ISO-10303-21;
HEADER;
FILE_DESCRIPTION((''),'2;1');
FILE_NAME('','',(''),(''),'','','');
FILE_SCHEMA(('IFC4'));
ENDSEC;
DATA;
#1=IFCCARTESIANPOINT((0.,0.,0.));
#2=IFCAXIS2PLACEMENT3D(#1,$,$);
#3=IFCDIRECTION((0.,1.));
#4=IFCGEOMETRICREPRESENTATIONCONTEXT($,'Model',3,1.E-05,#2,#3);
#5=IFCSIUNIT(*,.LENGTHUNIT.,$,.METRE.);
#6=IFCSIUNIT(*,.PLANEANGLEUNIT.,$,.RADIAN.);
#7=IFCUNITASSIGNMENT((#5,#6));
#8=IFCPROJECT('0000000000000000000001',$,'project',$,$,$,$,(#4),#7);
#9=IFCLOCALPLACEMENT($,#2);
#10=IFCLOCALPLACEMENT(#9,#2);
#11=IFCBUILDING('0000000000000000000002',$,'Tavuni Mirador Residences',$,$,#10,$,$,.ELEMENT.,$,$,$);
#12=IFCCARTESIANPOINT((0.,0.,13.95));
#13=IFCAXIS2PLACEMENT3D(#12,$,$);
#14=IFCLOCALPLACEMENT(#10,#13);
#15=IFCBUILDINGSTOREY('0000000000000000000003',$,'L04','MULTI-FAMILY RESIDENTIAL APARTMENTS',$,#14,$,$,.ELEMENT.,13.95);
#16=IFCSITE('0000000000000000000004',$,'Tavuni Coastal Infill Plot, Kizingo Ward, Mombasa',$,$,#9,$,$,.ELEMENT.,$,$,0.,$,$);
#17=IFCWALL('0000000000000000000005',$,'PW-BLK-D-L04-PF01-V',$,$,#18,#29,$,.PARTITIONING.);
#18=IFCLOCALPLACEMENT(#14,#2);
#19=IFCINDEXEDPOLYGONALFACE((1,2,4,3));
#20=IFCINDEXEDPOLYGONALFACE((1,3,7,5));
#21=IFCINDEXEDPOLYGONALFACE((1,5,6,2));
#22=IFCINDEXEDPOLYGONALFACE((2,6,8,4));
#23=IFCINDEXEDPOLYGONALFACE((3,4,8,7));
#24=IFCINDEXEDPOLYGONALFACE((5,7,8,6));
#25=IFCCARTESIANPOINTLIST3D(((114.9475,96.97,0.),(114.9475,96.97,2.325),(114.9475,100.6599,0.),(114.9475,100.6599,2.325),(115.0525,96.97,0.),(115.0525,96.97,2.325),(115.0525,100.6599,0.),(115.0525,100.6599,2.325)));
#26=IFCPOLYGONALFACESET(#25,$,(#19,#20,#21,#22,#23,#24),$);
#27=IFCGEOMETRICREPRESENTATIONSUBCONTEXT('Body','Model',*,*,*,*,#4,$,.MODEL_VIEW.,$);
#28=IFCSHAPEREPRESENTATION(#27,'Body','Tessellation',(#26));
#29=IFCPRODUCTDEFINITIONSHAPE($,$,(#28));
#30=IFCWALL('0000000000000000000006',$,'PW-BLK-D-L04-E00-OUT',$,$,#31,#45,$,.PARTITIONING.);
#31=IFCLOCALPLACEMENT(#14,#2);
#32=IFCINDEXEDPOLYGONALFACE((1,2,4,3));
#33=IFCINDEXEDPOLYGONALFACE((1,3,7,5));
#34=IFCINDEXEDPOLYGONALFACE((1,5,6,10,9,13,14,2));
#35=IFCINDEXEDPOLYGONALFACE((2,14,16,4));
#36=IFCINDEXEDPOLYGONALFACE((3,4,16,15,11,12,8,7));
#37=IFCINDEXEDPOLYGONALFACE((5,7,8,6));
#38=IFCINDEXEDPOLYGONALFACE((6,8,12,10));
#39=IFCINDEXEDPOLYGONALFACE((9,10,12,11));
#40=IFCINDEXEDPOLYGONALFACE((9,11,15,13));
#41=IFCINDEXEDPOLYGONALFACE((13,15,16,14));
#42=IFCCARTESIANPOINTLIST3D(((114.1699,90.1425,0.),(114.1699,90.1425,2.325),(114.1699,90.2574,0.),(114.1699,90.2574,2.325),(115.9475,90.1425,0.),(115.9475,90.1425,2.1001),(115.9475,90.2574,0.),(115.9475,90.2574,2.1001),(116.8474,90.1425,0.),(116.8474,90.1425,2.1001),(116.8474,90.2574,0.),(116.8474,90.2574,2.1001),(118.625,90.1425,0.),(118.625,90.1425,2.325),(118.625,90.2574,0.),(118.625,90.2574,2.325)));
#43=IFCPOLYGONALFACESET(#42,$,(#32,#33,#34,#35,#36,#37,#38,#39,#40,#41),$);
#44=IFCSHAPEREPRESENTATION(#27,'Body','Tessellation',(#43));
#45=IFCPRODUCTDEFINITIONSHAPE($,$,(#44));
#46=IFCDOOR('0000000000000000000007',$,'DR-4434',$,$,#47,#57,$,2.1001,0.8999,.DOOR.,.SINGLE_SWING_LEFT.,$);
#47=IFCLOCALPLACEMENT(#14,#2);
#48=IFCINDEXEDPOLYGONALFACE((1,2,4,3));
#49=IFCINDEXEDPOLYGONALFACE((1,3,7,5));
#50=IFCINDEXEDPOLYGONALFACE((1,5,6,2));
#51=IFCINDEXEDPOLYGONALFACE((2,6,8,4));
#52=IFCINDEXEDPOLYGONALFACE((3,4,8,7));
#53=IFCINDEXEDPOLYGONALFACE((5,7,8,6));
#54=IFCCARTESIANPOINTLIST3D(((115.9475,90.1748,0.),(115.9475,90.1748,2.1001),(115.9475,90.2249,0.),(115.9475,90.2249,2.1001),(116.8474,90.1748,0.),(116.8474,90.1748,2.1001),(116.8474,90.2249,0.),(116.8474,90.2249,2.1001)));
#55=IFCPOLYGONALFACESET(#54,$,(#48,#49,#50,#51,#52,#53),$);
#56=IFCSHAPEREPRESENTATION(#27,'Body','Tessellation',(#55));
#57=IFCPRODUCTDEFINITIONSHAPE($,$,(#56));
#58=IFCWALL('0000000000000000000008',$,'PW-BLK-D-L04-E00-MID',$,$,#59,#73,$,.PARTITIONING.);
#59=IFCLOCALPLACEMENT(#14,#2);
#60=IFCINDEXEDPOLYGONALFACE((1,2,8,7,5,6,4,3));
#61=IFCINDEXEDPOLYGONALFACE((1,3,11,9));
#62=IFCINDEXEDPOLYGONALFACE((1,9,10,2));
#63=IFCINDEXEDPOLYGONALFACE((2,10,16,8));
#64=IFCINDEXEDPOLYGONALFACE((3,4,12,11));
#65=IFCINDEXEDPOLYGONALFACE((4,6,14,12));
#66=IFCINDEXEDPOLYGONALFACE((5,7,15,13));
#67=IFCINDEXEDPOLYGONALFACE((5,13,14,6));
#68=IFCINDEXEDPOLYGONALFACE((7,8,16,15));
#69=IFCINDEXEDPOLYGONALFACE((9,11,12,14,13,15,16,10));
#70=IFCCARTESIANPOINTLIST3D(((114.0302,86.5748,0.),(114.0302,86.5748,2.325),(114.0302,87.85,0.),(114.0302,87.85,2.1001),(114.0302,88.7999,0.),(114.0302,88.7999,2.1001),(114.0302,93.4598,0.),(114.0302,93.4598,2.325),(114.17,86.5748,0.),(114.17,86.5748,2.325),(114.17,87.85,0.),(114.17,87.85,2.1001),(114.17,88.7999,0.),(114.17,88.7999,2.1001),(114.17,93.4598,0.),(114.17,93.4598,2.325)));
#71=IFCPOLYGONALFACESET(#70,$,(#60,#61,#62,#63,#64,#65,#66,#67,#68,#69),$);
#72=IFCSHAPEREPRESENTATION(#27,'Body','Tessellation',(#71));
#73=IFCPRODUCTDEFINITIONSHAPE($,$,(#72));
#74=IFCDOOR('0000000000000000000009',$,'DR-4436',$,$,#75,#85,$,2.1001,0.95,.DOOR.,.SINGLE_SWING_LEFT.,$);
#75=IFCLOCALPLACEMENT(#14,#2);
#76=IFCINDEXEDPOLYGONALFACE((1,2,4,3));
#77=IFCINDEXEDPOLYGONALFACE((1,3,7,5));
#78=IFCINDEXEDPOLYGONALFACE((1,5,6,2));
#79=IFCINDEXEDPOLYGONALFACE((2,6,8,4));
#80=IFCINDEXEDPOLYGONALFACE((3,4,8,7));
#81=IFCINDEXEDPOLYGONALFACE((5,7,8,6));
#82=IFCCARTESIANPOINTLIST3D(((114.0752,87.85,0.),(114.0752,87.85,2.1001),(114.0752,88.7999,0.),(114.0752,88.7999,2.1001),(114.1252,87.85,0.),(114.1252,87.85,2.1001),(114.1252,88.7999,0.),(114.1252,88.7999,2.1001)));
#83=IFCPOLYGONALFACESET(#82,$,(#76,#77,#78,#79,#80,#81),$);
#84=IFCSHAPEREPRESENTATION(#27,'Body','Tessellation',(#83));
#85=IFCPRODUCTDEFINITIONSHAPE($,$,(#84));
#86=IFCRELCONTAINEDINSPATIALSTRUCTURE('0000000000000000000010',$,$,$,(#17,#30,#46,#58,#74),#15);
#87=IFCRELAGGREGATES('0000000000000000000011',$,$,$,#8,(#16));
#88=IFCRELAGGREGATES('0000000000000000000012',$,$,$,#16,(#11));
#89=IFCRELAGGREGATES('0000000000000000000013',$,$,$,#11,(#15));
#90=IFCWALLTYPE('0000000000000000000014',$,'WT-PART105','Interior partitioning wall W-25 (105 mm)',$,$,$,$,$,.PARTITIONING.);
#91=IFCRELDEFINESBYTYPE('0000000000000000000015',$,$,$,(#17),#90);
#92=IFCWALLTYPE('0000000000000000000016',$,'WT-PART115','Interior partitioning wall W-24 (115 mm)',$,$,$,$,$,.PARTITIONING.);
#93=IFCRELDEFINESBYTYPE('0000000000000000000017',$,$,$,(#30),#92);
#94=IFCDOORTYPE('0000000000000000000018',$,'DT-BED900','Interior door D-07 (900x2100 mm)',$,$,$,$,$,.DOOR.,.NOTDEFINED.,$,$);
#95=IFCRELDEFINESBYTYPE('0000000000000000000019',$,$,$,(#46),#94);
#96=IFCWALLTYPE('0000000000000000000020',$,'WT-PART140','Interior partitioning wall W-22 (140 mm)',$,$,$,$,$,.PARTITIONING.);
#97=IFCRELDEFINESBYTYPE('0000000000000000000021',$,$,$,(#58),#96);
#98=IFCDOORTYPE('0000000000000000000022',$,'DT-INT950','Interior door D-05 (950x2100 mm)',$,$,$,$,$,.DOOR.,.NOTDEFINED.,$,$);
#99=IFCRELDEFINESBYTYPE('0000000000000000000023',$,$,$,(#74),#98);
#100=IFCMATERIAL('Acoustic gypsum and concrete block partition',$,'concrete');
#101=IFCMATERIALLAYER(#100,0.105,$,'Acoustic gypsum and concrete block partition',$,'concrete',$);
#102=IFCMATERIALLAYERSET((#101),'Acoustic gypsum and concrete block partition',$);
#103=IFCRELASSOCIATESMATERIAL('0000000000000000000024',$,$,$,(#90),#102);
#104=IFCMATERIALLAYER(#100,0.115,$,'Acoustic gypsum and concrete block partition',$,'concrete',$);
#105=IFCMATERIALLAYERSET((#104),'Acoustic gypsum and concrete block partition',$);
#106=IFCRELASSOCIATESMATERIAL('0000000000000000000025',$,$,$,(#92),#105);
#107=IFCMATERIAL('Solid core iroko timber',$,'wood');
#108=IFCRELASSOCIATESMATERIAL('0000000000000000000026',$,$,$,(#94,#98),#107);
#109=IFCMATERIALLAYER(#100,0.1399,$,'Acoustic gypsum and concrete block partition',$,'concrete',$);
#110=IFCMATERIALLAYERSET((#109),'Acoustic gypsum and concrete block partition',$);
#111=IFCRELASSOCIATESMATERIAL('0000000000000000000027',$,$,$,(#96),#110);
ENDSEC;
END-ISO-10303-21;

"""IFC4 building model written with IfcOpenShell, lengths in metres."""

from ifc_helpers import new_model, si_unit, direction, frame, frame_2d, origin, place, context, subcontext, project, spatial, rectangle, extrude, material, layer, layer_set, type_object, element, fill, save


model = new_model("IFC4")

# Units and contexts
model_context = context("Model", 3, precision=1e-05, world=origin(), true_north=direction((0.0, 1.0)))
body_context = subcontext(model_context, "Body", "Model", "MODEL_VIEW")
ifc_project = project(units=[si_unit("LENGTHUNIT", "METRE"), si_unit("PLANEANGLEUNIT", "RADIAN")], contexts=[model_context])

# Site, building, storey
site_placement = place(None, origin())
site = spatial("IfcSite", under=ifc_project, at=site_placement, Name="Tavuni Coastal Infill Plot, Kizingo Ward, Mombasa", CompositionType="ELEMENT", RefElevation=0.0)
building_placement = place(site_placement, origin())
building = spatial("IfcBuilding", under=site, at=building_placement, Name="Tavuni Mirador Residences", CompositionType="ELEMENT")
storey_placement = place(building_placement, frame((0.0, 0.0, 13.95)))
storey = spatial("IfcBuildingStorey", under=building, at=storey_placement, Name="L04", Description="MULTI-FAMILY RESIDENTIAL APARTMENTS", CompositionType="ELEMENT", Elevation=13.95)

# Wall
ifc_material_1 = material(Name="Acoustic gypsum and concrete block partition", Category="concrete")
ifc_layer_1 = layer(ifc_material_1, 0.105, Name="Acoustic gypsum and concrete block partition", Category="concrete")
ifc_layer_set_1 = layer_set([ifc_layer_1], Name="Acoustic gypsum and concrete block partition")
wall_type_1 = type_object("IfcWallType", Name="WT-PART105", Description="Interior partitioning wall W-25 (105 mm)", PredefinedType="PARTITIONING", material=ifc_layer_set_1)
wall_1_placement = place(storey_placement, frame((115.0, 96.97, 0.0), z_axis=(0.0, 0.0, 1.0), x_axis=(0.0, 1.0, 0.0)))
element("IfcWall", 1, at=wall_1_placement, inside=storey, type_object=wall_type_1, Name="PW-BLK-D-L04-PF01-V", PredefinedType="PARTITIONING", context=body_context, shape_type="SweptSolid", body=[
    extrude(rectangle(XDim=3.6899, YDim=0.105, at=frame_2d((1.845, 0.0))), origin(), (0.0, 0.0, 1.0), 2.325),
])

# Walls, openings, doors
ifc_layer_2 = layer(ifc_material_1, 0.115, Name="Acoustic gypsum and concrete block partition", Category="concrete")
ifc_layer_set_2 = layer_set([ifc_layer_2], Name="Acoustic gypsum and concrete block partition")
wall_type_2 = type_object("IfcWallType", Name="WT-PART115", Description="Interior partitioning wall W-24 (115 mm)", PredefinedType="PARTITIONING", material=ifc_layer_set_2)
wall_2_placement = place(storey_placement, frame((114.1699, 90.2, 0.0), z_axis=(0.0, 0.0, 1.0), x_axis=(1.0, 0.0, 0.0)))
wall_2 = element("IfcWall", 2, at=wall_2_placement, inside=storey, type_object=wall_type_2, Name="PW-BLK-D-L04-E00-OUT", PredefinedType="PARTITIONING", context=body_context, shape_type="SweptSolid", body=[
    extrude(rectangle(XDim=4.4551, YDim=0.115, at=frame_2d((2.2275, 0.0))), origin(), (0.0, 0.0, 1.0), 2.325),
])
opening_1_placement = place(wall_2_placement, frame((1.7776, 0.0, 0.0)))
opening_1 = element("IfcOpeningElement", 3, at=opening_1_placement, cuts=wall_2, PredefinedType="OPENING", context=body_context, shape_type="SweptSolid", body=[
    extrude(rectangle(XDim=0.8999, YDim=2.1001, at=frame_2d((0.45, 1.05))), frame((0.0, 0.0674, 0.0), z_axis=(0.0, -1.0, 0.0), x_axis=(1.0, 0.0, 0.0)), (0.0, 0.0, 1.0), 0.135),
])
ifc_material_2 = material(Name="Solid core iroko timber", Category="wood")
door_type_1 = type_object("IfcDoorType", Name="DT-BED900", Description="Interior door D-07 (900x2100 mm)", OperationType="NOTDEFINED", PredefinedType="DOOR", material=ifc_material_2)
door_1_placement = place(opening_1_placement, origin())
door_1 = element("IfcDoor", 4, at=door_1_placement, inside=storey, type_object=door_type_1, Name="DR-4434", OperationType="SINGLE_SWING_LEFT", OverallHeight=2.1001, OverallWidth=0.8999, PredefinedType="DOOR", context=body_context, shape_type="SweptSolid", body=[
    extrude(rectangle(XDim=0.8999, YDim=2.1001, at=frame_2d((0.45, 1.05))), frame((0.0, 0.0249, 0.0), z_axis=(0.0, -1.0, 0.0), x_axis=(1.0, 0.0, 0.0)), (0.0, 0.0, 1.0), 0.05),
])
fill(opening_1, door_1)
ifc_layer_3 = layer(ifc_material_1, 0.1399, Name="Acoustic gypsum and concrete block partition", Category="concrete")
ifc_layer_set_3 = layer_set([ifc_layer_3], Name="Acoustic gypsum and concrete block partition")
wall_type_3 = type_object("IfcWallType", Name="WT-PART140", Description="Interior partitioning wall W-22 (140 mm)", PredefinedType="PARTITIONING", material=ifc_layer_set_3)
wall_3_placement = place(storey_placement, frame((114.1001, 86.575, 0.0), z_axis=(0.0, 0.0, 1.0), x_axis=(0.0, 1.0, 0.0)))
wall_3 = element("IfcWall", 5, at=wall_3_placement, inside=storey, type_object=wall_type_3, Name="PW-BLK-D-L04-E00-MID", PredefinedType="PARTITIONING", context=body_context, shape_type="SweptSolid", body=[
    extrude(rectangle(XDim=6.885, YDim=0.1399, at=frame_2d((3.4424, 0.0))), origin(), (0.0, 0.0, 1.0), 2.325),
])
opening_2_placement = place(wall_3_placement, frame((1.2749, 0.0, 0.0)))
opening_2 = element("IfcOpeningElement", 6, at=opening_2_placement, cuts=wall_3, PredefinedType="OPENING", context=body_context, shape_type="SweptSolid", body=[
    extrude(rectangle(XDim=0.95, YDim=2.1001, at=frame_2d((0.4751, 1.05))), frame((0.0, 0.0801, 0.0), z_axis=(0.0, -1.0, 0.0), x_axis=(1.0, 0.0, 0.0)), (0.0, 0.0, 1.0), 0.1599),
])
door_type_2 = type_object("IfcDoorType", Name="DT-INT950", Description="Interior door D-05 (950x2100 mm)", OperationType="NOTDEFINED", PredefinedType="DOOR", material=ifc_material_2)
door_2_placement = place(opening_2_placement, origin())
door_2 = element("IfcDoor", 7, at=door_2_placement, inside=storey, type_object=door_type_2, Name="DR-4436", OperationType="SINGLE_SWING_LEFT", OverallHeight=2.1001, OverallWidth=0.95, PredefinedType="DOOR", context=body_context, shape_type="SweptSolid", body=[
    extrude(rectangle(XDim=0.95, YDim=2.1001, at=frame_2d((0.4751, 1.05))), frame((0.0, 0.0249, 0.0), z_axis=(0.0, -1.0, 0.0), x_axis=(1.0, 0.0, 0.0)), (0.0, 0.0, 1.0), 0.05),
])
fill(opening_2, door_2)

save(model, "model.ifc")
